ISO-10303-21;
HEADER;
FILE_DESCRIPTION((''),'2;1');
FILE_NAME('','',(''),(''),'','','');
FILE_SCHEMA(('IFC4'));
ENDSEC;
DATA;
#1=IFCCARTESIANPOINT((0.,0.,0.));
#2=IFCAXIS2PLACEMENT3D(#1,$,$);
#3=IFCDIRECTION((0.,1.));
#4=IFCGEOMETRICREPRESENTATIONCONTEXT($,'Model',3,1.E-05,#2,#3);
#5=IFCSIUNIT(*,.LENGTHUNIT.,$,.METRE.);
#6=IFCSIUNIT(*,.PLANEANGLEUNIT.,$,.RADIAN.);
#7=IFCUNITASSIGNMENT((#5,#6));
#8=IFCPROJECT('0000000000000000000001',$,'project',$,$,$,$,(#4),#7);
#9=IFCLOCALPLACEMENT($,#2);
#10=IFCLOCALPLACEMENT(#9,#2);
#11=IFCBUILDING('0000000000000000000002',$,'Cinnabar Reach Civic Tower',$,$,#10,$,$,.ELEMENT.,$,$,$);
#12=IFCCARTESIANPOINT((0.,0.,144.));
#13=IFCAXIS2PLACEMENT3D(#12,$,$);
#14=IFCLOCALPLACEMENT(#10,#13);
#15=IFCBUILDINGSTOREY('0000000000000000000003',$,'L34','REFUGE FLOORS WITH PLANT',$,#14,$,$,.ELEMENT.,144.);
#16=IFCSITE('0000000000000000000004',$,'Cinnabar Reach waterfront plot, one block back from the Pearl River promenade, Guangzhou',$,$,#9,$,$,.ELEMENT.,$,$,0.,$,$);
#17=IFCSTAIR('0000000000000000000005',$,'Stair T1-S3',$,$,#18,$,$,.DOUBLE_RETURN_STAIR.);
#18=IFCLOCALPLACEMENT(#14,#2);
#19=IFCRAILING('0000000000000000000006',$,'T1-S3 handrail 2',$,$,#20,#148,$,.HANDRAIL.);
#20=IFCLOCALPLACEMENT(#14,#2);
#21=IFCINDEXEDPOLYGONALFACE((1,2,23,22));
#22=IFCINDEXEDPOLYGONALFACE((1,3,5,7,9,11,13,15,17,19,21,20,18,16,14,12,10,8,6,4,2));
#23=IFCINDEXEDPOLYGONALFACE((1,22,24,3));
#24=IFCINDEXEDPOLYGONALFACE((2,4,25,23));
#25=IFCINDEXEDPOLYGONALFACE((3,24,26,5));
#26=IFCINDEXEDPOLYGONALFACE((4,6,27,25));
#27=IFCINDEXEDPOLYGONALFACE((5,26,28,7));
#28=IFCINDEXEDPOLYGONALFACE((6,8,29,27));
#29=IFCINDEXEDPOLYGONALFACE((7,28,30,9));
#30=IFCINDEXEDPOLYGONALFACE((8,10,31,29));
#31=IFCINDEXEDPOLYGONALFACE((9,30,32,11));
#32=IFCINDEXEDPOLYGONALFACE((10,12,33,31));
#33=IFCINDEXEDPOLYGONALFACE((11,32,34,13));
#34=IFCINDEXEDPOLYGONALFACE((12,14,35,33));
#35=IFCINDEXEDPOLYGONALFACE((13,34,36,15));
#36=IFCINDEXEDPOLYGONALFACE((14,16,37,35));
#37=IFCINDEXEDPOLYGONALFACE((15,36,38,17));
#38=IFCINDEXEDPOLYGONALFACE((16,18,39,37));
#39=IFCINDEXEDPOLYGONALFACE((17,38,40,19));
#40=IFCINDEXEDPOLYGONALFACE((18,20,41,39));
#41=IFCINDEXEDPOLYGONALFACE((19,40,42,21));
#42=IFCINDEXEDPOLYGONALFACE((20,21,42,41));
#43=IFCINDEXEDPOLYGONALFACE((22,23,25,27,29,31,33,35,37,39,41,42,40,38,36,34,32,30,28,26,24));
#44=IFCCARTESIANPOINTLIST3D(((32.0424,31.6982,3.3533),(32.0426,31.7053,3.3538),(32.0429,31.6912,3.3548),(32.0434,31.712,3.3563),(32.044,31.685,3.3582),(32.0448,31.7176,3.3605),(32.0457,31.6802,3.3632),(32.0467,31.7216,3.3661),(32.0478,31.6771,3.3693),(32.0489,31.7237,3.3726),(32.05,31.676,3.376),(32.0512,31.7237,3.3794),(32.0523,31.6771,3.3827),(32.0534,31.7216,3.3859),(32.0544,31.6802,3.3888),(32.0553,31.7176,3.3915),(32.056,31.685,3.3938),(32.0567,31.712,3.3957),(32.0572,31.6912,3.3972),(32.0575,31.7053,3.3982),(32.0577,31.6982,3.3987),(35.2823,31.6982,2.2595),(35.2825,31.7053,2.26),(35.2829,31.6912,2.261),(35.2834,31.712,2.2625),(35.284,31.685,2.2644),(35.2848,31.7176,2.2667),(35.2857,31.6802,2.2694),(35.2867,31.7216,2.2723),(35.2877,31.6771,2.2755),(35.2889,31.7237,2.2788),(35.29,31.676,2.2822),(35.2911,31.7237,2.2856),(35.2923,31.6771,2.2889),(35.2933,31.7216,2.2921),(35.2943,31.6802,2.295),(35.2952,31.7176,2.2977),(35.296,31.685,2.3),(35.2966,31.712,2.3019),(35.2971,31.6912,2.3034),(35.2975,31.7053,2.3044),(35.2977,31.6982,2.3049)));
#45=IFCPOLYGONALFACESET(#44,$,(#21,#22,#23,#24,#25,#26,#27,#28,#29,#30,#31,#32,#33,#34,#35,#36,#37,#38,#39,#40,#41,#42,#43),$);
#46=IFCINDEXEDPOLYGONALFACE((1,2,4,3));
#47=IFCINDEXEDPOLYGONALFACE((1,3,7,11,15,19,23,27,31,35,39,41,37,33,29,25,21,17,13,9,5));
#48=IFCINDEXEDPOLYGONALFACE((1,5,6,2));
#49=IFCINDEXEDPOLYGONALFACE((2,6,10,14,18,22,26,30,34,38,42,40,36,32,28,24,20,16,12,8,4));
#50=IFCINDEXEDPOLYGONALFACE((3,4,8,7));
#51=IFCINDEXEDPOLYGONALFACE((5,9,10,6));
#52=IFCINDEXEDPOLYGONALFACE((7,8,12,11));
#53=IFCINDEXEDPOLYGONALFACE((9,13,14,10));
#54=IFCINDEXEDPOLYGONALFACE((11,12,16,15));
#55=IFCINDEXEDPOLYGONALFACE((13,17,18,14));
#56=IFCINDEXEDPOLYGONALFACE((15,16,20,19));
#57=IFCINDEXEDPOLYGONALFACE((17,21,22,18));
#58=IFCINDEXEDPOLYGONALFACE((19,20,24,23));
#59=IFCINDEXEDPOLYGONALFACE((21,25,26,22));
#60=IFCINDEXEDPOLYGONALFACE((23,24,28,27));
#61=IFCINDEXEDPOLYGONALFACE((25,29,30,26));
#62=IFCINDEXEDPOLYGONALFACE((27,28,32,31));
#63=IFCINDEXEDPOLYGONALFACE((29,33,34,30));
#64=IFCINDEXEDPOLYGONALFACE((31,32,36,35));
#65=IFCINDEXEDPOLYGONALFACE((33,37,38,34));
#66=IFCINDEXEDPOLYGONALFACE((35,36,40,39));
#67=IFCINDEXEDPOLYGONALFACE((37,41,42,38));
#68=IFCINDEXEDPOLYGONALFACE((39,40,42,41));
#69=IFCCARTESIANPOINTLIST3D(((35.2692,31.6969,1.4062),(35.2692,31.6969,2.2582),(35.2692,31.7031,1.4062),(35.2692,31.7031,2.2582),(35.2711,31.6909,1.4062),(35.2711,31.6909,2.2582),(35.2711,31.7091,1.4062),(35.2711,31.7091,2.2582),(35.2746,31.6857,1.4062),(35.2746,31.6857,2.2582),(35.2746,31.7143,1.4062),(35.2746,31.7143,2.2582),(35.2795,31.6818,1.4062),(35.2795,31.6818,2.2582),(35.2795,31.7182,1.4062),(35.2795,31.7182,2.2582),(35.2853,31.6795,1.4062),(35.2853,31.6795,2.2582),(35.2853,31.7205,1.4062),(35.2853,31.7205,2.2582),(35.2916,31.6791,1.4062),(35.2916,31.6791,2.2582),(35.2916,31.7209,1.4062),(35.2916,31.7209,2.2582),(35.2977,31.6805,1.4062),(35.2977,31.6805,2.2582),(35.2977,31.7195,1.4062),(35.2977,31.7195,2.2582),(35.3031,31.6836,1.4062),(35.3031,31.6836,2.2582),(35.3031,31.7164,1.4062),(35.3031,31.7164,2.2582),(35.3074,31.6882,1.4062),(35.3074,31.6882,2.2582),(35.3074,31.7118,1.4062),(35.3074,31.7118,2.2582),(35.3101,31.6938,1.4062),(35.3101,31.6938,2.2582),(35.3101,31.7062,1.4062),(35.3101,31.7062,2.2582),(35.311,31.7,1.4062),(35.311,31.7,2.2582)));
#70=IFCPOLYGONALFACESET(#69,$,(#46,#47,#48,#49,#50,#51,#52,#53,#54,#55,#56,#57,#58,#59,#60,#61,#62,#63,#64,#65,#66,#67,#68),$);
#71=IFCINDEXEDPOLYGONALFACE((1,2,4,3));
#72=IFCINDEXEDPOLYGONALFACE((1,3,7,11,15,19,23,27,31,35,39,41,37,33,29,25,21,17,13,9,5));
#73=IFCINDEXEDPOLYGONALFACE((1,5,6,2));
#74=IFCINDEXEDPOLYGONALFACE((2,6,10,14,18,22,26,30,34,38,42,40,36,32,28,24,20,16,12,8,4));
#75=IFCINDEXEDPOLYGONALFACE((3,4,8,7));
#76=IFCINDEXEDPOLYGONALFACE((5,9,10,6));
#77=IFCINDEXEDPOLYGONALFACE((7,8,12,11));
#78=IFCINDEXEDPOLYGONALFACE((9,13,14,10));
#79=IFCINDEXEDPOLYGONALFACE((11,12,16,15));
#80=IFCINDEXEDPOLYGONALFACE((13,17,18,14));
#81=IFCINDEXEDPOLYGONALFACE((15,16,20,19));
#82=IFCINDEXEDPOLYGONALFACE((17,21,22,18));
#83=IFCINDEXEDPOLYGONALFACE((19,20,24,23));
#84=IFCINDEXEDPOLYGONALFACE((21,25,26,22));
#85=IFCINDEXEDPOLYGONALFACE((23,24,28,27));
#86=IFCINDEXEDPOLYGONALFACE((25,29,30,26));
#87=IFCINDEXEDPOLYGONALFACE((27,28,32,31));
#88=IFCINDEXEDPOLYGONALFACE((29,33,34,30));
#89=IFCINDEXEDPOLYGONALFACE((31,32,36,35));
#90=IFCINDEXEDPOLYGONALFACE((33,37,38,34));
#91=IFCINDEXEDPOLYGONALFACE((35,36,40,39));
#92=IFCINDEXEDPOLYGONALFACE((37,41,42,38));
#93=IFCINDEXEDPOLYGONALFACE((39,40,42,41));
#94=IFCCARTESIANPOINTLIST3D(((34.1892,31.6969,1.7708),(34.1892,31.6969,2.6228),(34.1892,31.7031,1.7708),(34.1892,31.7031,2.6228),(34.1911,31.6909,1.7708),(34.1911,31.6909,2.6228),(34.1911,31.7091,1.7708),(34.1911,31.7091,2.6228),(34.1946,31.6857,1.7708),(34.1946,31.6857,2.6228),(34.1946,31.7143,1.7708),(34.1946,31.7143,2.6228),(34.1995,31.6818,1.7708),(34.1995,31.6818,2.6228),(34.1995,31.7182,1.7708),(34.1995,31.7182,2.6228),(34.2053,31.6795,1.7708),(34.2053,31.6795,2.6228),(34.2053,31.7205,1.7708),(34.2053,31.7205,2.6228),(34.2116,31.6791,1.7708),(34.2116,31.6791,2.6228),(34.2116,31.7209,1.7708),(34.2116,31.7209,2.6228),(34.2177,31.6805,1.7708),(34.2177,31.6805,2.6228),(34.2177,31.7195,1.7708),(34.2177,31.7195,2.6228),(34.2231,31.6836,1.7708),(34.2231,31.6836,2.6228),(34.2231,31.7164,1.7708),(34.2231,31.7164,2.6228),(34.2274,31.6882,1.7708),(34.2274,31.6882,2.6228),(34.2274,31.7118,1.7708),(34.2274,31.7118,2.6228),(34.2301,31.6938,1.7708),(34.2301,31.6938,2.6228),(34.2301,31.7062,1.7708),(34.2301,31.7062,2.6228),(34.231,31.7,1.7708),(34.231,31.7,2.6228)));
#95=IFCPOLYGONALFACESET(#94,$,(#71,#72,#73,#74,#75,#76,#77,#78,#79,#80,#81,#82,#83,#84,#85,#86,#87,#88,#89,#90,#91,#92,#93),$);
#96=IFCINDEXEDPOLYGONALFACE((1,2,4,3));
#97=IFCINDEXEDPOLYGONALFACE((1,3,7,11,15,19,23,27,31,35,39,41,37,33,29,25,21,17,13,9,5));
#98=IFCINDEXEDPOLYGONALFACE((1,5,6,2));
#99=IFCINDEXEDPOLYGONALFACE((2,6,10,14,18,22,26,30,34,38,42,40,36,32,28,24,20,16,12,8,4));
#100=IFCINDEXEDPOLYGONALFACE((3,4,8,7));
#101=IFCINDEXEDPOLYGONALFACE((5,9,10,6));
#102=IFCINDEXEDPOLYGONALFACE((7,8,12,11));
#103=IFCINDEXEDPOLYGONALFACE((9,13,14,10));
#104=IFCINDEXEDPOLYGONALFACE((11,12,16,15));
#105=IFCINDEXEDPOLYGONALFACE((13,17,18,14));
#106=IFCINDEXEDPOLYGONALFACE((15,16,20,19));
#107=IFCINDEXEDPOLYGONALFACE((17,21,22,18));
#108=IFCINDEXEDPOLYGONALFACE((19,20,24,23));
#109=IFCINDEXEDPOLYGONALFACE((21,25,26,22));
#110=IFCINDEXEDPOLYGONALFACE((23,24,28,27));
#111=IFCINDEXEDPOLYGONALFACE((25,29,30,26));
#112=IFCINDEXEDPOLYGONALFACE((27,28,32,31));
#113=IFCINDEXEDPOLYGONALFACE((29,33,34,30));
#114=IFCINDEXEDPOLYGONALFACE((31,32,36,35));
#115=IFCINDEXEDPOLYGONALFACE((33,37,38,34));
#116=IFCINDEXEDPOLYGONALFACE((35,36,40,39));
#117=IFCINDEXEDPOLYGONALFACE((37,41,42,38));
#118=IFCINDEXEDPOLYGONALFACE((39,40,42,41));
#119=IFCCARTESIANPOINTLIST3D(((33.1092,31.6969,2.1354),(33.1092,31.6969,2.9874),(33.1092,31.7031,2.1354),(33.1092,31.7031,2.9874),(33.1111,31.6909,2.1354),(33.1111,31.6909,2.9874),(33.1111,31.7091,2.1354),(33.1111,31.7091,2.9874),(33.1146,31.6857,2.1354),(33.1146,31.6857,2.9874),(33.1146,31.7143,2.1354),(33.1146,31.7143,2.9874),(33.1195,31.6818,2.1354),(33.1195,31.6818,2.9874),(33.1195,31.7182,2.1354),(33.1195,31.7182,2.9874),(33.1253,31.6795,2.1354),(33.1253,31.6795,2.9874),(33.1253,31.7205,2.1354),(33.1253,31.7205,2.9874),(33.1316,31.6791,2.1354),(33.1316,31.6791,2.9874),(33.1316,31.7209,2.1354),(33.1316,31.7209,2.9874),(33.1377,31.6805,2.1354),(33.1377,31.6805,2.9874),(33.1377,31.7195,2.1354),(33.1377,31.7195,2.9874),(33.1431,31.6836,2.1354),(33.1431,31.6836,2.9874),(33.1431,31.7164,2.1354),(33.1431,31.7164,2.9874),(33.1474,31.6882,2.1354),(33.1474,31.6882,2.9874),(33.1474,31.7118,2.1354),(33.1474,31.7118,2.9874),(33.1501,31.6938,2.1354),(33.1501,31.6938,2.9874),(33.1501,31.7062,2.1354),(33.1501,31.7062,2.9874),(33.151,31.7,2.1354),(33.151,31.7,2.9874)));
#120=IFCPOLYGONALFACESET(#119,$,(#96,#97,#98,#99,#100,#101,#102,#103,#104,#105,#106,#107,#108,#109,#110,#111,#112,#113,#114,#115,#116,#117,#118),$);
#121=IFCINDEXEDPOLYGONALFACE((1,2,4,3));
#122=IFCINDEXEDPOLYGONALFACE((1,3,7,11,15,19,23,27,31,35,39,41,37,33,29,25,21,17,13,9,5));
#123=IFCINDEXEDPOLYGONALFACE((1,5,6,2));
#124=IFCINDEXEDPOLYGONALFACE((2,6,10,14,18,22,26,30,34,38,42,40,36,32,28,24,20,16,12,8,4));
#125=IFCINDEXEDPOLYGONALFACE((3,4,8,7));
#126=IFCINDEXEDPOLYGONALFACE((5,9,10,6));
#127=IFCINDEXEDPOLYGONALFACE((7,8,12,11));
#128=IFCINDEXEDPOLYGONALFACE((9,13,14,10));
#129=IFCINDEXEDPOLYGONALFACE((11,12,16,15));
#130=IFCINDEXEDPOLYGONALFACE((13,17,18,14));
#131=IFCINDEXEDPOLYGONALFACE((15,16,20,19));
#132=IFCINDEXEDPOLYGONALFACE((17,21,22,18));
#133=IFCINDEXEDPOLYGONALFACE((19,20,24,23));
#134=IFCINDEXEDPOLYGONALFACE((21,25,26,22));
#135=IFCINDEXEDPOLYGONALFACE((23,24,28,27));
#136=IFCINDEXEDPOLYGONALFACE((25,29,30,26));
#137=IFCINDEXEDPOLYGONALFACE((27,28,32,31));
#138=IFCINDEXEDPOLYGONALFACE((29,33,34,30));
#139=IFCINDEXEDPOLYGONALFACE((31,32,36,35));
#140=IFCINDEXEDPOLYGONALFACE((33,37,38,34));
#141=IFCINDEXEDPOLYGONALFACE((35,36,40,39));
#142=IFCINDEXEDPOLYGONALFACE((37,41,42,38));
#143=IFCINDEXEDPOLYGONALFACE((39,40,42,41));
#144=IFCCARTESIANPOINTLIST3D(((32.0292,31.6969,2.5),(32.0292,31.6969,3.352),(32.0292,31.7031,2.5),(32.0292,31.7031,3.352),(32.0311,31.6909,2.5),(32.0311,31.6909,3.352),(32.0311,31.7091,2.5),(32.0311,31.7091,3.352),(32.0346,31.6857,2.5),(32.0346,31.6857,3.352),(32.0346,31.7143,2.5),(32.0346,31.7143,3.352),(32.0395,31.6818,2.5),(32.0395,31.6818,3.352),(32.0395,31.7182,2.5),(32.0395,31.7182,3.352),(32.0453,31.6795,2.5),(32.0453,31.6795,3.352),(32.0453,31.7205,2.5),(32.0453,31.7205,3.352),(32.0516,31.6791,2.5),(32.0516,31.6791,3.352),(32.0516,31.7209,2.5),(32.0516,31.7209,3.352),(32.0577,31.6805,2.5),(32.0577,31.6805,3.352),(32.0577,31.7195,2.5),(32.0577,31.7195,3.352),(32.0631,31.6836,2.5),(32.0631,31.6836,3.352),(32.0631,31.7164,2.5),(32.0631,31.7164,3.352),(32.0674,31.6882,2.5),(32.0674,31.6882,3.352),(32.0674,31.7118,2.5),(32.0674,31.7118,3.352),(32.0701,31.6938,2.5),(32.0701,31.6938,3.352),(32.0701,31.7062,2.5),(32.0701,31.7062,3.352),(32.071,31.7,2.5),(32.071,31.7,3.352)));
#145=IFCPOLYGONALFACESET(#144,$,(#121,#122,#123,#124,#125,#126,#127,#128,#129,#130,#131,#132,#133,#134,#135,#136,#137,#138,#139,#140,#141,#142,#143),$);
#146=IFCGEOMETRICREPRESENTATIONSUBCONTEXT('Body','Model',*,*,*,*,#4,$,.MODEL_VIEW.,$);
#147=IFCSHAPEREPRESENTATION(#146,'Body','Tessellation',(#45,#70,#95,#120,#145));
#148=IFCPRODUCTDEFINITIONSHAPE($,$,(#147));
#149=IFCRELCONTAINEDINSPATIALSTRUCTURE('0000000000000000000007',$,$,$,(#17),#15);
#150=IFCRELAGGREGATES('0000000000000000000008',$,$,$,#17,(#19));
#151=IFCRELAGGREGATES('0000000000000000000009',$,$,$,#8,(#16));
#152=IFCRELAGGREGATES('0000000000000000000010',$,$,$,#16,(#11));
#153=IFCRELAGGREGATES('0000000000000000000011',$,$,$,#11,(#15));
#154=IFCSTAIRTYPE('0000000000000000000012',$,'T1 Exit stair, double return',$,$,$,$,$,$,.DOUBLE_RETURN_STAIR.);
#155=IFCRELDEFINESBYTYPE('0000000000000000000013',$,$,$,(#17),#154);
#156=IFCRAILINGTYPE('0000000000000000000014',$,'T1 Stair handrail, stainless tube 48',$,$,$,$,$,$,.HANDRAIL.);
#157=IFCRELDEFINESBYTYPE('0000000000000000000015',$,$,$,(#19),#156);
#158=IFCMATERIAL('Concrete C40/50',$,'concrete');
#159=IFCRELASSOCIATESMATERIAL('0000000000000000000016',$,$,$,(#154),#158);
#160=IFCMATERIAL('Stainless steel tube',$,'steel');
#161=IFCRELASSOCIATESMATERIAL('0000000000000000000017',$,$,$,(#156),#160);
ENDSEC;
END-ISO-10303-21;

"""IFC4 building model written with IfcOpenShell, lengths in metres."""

from ifc_helpers import new_model, si_unit, direction, frame, origin, origin_2d, place, context, subcontext, project, spatial, circle, extrude, material, type_object, element, aggregate, save


model = new_model("IFC4")

# Units and contexts
model_context = context("Model", 3, precision=1e-05, world=origin(), true_north=direction((0.0, 1.0)))
body_context = subcontext(model_context, "Body", "Model", "MODEL_VIEW")
ifc_project = project(units=[si_unit("LENGTHUNIT", "METRE"), si_unit("PLANEANGLEUNIT", "RADIAN")], contexts=[model_context])

# Site, building, storey
site_placement = place(None, origin())
site = spatial("IfcSite", under=ifc_project, at=site_placement, Name="Cinnabar Reach waterfront plot, one block back from the Pearl River promenade, Guangzhou", CompositionType="ELEMENT", RefElevation=0.0)
building_placement = place(site_placement, origin())
building = spatial("IfcBuilding", under=site, at=building_placement, Name="Cinnabar Reach Civic Tower", CompositionType="ELEMENT")
storey_placement = place(building_placement, frame((0.0, 0.0, 144.0)))
storey = spatial("IfcBuildingStorey", under=building, at=storey_placement, Name="L34", Description="REFUGE FLOORS WITH PLANT", CompositionType="ELEMENT", Elevation=144.0)

# Stair, railing
ifc_material_1 = material(Name="Concrete C40/50", Category="concrete")
stair_type = type_object("IfcStairType", Name="T1 Exit stair, double return", PredefinedType="DOUBLE_RETURN_STAIR", material=ifc_material_1)
stair_placement = place(storey_placement, origin())
stair = element("IfcStair", 1, at=stair_placement, inside=storey, type_object=stair_type, Name="Stair T1-S3", PredefinedType="DOUBLE_RETURN_STAIR")
ifc_material_2 = material(Name="Stainless steel tube", Category="steel")
railing_type = type_object("IfcRailingType", Name="T1 Stair handrail, stainless tube 48", PredefinedType="HANDRAIL", material=ifc_material_2)
railing_1_placement = place(storey_placement, frame((35.29, 31.7, 1.4062)))
railing_1 = element("IfcRailing", 2, at=railing_1_placement, type_object=railing_type, Name="T1-S3 handrail 2", PredefinedType="HANDRAIL", context=body_context, shape_type="SweptSolid", body=[
    extrude(circle(Radius=0.024, at=origin_2d()), frame((0.0, 0.0, 0.876), z_axis=(-0.947466, 0.0, 0.319857), x_axis=(0.0, -1.0, 0.0)), (0.0, 0.0, 1.0), 3.4196),
    extrude(circle(Radius=0.021, at=origin_2d()), origin(), (0.0, 0.0, 1.0), 0.852),
    extrude(circle(Radius=0.021, at=origin_2d()), frame((-1.08, 0.0, 0.3646)), (0.0, 0.0, 1.0), 0.852),
    extrude(circle(Radius=0.021, at=origin_2d()), frame((-2.16, 0.0, 0.7292)), (0.0, 0.0, 1.0), 0.852),
    extrude(circle(Radius=0.021, at=origin_2d()), frame((-3.24, 0.0, 1.0938)), (0.0, 0.0, 1.0), 0.852),
])
aggregate(stair, [railing_1])

save(model, "model.ifc")
